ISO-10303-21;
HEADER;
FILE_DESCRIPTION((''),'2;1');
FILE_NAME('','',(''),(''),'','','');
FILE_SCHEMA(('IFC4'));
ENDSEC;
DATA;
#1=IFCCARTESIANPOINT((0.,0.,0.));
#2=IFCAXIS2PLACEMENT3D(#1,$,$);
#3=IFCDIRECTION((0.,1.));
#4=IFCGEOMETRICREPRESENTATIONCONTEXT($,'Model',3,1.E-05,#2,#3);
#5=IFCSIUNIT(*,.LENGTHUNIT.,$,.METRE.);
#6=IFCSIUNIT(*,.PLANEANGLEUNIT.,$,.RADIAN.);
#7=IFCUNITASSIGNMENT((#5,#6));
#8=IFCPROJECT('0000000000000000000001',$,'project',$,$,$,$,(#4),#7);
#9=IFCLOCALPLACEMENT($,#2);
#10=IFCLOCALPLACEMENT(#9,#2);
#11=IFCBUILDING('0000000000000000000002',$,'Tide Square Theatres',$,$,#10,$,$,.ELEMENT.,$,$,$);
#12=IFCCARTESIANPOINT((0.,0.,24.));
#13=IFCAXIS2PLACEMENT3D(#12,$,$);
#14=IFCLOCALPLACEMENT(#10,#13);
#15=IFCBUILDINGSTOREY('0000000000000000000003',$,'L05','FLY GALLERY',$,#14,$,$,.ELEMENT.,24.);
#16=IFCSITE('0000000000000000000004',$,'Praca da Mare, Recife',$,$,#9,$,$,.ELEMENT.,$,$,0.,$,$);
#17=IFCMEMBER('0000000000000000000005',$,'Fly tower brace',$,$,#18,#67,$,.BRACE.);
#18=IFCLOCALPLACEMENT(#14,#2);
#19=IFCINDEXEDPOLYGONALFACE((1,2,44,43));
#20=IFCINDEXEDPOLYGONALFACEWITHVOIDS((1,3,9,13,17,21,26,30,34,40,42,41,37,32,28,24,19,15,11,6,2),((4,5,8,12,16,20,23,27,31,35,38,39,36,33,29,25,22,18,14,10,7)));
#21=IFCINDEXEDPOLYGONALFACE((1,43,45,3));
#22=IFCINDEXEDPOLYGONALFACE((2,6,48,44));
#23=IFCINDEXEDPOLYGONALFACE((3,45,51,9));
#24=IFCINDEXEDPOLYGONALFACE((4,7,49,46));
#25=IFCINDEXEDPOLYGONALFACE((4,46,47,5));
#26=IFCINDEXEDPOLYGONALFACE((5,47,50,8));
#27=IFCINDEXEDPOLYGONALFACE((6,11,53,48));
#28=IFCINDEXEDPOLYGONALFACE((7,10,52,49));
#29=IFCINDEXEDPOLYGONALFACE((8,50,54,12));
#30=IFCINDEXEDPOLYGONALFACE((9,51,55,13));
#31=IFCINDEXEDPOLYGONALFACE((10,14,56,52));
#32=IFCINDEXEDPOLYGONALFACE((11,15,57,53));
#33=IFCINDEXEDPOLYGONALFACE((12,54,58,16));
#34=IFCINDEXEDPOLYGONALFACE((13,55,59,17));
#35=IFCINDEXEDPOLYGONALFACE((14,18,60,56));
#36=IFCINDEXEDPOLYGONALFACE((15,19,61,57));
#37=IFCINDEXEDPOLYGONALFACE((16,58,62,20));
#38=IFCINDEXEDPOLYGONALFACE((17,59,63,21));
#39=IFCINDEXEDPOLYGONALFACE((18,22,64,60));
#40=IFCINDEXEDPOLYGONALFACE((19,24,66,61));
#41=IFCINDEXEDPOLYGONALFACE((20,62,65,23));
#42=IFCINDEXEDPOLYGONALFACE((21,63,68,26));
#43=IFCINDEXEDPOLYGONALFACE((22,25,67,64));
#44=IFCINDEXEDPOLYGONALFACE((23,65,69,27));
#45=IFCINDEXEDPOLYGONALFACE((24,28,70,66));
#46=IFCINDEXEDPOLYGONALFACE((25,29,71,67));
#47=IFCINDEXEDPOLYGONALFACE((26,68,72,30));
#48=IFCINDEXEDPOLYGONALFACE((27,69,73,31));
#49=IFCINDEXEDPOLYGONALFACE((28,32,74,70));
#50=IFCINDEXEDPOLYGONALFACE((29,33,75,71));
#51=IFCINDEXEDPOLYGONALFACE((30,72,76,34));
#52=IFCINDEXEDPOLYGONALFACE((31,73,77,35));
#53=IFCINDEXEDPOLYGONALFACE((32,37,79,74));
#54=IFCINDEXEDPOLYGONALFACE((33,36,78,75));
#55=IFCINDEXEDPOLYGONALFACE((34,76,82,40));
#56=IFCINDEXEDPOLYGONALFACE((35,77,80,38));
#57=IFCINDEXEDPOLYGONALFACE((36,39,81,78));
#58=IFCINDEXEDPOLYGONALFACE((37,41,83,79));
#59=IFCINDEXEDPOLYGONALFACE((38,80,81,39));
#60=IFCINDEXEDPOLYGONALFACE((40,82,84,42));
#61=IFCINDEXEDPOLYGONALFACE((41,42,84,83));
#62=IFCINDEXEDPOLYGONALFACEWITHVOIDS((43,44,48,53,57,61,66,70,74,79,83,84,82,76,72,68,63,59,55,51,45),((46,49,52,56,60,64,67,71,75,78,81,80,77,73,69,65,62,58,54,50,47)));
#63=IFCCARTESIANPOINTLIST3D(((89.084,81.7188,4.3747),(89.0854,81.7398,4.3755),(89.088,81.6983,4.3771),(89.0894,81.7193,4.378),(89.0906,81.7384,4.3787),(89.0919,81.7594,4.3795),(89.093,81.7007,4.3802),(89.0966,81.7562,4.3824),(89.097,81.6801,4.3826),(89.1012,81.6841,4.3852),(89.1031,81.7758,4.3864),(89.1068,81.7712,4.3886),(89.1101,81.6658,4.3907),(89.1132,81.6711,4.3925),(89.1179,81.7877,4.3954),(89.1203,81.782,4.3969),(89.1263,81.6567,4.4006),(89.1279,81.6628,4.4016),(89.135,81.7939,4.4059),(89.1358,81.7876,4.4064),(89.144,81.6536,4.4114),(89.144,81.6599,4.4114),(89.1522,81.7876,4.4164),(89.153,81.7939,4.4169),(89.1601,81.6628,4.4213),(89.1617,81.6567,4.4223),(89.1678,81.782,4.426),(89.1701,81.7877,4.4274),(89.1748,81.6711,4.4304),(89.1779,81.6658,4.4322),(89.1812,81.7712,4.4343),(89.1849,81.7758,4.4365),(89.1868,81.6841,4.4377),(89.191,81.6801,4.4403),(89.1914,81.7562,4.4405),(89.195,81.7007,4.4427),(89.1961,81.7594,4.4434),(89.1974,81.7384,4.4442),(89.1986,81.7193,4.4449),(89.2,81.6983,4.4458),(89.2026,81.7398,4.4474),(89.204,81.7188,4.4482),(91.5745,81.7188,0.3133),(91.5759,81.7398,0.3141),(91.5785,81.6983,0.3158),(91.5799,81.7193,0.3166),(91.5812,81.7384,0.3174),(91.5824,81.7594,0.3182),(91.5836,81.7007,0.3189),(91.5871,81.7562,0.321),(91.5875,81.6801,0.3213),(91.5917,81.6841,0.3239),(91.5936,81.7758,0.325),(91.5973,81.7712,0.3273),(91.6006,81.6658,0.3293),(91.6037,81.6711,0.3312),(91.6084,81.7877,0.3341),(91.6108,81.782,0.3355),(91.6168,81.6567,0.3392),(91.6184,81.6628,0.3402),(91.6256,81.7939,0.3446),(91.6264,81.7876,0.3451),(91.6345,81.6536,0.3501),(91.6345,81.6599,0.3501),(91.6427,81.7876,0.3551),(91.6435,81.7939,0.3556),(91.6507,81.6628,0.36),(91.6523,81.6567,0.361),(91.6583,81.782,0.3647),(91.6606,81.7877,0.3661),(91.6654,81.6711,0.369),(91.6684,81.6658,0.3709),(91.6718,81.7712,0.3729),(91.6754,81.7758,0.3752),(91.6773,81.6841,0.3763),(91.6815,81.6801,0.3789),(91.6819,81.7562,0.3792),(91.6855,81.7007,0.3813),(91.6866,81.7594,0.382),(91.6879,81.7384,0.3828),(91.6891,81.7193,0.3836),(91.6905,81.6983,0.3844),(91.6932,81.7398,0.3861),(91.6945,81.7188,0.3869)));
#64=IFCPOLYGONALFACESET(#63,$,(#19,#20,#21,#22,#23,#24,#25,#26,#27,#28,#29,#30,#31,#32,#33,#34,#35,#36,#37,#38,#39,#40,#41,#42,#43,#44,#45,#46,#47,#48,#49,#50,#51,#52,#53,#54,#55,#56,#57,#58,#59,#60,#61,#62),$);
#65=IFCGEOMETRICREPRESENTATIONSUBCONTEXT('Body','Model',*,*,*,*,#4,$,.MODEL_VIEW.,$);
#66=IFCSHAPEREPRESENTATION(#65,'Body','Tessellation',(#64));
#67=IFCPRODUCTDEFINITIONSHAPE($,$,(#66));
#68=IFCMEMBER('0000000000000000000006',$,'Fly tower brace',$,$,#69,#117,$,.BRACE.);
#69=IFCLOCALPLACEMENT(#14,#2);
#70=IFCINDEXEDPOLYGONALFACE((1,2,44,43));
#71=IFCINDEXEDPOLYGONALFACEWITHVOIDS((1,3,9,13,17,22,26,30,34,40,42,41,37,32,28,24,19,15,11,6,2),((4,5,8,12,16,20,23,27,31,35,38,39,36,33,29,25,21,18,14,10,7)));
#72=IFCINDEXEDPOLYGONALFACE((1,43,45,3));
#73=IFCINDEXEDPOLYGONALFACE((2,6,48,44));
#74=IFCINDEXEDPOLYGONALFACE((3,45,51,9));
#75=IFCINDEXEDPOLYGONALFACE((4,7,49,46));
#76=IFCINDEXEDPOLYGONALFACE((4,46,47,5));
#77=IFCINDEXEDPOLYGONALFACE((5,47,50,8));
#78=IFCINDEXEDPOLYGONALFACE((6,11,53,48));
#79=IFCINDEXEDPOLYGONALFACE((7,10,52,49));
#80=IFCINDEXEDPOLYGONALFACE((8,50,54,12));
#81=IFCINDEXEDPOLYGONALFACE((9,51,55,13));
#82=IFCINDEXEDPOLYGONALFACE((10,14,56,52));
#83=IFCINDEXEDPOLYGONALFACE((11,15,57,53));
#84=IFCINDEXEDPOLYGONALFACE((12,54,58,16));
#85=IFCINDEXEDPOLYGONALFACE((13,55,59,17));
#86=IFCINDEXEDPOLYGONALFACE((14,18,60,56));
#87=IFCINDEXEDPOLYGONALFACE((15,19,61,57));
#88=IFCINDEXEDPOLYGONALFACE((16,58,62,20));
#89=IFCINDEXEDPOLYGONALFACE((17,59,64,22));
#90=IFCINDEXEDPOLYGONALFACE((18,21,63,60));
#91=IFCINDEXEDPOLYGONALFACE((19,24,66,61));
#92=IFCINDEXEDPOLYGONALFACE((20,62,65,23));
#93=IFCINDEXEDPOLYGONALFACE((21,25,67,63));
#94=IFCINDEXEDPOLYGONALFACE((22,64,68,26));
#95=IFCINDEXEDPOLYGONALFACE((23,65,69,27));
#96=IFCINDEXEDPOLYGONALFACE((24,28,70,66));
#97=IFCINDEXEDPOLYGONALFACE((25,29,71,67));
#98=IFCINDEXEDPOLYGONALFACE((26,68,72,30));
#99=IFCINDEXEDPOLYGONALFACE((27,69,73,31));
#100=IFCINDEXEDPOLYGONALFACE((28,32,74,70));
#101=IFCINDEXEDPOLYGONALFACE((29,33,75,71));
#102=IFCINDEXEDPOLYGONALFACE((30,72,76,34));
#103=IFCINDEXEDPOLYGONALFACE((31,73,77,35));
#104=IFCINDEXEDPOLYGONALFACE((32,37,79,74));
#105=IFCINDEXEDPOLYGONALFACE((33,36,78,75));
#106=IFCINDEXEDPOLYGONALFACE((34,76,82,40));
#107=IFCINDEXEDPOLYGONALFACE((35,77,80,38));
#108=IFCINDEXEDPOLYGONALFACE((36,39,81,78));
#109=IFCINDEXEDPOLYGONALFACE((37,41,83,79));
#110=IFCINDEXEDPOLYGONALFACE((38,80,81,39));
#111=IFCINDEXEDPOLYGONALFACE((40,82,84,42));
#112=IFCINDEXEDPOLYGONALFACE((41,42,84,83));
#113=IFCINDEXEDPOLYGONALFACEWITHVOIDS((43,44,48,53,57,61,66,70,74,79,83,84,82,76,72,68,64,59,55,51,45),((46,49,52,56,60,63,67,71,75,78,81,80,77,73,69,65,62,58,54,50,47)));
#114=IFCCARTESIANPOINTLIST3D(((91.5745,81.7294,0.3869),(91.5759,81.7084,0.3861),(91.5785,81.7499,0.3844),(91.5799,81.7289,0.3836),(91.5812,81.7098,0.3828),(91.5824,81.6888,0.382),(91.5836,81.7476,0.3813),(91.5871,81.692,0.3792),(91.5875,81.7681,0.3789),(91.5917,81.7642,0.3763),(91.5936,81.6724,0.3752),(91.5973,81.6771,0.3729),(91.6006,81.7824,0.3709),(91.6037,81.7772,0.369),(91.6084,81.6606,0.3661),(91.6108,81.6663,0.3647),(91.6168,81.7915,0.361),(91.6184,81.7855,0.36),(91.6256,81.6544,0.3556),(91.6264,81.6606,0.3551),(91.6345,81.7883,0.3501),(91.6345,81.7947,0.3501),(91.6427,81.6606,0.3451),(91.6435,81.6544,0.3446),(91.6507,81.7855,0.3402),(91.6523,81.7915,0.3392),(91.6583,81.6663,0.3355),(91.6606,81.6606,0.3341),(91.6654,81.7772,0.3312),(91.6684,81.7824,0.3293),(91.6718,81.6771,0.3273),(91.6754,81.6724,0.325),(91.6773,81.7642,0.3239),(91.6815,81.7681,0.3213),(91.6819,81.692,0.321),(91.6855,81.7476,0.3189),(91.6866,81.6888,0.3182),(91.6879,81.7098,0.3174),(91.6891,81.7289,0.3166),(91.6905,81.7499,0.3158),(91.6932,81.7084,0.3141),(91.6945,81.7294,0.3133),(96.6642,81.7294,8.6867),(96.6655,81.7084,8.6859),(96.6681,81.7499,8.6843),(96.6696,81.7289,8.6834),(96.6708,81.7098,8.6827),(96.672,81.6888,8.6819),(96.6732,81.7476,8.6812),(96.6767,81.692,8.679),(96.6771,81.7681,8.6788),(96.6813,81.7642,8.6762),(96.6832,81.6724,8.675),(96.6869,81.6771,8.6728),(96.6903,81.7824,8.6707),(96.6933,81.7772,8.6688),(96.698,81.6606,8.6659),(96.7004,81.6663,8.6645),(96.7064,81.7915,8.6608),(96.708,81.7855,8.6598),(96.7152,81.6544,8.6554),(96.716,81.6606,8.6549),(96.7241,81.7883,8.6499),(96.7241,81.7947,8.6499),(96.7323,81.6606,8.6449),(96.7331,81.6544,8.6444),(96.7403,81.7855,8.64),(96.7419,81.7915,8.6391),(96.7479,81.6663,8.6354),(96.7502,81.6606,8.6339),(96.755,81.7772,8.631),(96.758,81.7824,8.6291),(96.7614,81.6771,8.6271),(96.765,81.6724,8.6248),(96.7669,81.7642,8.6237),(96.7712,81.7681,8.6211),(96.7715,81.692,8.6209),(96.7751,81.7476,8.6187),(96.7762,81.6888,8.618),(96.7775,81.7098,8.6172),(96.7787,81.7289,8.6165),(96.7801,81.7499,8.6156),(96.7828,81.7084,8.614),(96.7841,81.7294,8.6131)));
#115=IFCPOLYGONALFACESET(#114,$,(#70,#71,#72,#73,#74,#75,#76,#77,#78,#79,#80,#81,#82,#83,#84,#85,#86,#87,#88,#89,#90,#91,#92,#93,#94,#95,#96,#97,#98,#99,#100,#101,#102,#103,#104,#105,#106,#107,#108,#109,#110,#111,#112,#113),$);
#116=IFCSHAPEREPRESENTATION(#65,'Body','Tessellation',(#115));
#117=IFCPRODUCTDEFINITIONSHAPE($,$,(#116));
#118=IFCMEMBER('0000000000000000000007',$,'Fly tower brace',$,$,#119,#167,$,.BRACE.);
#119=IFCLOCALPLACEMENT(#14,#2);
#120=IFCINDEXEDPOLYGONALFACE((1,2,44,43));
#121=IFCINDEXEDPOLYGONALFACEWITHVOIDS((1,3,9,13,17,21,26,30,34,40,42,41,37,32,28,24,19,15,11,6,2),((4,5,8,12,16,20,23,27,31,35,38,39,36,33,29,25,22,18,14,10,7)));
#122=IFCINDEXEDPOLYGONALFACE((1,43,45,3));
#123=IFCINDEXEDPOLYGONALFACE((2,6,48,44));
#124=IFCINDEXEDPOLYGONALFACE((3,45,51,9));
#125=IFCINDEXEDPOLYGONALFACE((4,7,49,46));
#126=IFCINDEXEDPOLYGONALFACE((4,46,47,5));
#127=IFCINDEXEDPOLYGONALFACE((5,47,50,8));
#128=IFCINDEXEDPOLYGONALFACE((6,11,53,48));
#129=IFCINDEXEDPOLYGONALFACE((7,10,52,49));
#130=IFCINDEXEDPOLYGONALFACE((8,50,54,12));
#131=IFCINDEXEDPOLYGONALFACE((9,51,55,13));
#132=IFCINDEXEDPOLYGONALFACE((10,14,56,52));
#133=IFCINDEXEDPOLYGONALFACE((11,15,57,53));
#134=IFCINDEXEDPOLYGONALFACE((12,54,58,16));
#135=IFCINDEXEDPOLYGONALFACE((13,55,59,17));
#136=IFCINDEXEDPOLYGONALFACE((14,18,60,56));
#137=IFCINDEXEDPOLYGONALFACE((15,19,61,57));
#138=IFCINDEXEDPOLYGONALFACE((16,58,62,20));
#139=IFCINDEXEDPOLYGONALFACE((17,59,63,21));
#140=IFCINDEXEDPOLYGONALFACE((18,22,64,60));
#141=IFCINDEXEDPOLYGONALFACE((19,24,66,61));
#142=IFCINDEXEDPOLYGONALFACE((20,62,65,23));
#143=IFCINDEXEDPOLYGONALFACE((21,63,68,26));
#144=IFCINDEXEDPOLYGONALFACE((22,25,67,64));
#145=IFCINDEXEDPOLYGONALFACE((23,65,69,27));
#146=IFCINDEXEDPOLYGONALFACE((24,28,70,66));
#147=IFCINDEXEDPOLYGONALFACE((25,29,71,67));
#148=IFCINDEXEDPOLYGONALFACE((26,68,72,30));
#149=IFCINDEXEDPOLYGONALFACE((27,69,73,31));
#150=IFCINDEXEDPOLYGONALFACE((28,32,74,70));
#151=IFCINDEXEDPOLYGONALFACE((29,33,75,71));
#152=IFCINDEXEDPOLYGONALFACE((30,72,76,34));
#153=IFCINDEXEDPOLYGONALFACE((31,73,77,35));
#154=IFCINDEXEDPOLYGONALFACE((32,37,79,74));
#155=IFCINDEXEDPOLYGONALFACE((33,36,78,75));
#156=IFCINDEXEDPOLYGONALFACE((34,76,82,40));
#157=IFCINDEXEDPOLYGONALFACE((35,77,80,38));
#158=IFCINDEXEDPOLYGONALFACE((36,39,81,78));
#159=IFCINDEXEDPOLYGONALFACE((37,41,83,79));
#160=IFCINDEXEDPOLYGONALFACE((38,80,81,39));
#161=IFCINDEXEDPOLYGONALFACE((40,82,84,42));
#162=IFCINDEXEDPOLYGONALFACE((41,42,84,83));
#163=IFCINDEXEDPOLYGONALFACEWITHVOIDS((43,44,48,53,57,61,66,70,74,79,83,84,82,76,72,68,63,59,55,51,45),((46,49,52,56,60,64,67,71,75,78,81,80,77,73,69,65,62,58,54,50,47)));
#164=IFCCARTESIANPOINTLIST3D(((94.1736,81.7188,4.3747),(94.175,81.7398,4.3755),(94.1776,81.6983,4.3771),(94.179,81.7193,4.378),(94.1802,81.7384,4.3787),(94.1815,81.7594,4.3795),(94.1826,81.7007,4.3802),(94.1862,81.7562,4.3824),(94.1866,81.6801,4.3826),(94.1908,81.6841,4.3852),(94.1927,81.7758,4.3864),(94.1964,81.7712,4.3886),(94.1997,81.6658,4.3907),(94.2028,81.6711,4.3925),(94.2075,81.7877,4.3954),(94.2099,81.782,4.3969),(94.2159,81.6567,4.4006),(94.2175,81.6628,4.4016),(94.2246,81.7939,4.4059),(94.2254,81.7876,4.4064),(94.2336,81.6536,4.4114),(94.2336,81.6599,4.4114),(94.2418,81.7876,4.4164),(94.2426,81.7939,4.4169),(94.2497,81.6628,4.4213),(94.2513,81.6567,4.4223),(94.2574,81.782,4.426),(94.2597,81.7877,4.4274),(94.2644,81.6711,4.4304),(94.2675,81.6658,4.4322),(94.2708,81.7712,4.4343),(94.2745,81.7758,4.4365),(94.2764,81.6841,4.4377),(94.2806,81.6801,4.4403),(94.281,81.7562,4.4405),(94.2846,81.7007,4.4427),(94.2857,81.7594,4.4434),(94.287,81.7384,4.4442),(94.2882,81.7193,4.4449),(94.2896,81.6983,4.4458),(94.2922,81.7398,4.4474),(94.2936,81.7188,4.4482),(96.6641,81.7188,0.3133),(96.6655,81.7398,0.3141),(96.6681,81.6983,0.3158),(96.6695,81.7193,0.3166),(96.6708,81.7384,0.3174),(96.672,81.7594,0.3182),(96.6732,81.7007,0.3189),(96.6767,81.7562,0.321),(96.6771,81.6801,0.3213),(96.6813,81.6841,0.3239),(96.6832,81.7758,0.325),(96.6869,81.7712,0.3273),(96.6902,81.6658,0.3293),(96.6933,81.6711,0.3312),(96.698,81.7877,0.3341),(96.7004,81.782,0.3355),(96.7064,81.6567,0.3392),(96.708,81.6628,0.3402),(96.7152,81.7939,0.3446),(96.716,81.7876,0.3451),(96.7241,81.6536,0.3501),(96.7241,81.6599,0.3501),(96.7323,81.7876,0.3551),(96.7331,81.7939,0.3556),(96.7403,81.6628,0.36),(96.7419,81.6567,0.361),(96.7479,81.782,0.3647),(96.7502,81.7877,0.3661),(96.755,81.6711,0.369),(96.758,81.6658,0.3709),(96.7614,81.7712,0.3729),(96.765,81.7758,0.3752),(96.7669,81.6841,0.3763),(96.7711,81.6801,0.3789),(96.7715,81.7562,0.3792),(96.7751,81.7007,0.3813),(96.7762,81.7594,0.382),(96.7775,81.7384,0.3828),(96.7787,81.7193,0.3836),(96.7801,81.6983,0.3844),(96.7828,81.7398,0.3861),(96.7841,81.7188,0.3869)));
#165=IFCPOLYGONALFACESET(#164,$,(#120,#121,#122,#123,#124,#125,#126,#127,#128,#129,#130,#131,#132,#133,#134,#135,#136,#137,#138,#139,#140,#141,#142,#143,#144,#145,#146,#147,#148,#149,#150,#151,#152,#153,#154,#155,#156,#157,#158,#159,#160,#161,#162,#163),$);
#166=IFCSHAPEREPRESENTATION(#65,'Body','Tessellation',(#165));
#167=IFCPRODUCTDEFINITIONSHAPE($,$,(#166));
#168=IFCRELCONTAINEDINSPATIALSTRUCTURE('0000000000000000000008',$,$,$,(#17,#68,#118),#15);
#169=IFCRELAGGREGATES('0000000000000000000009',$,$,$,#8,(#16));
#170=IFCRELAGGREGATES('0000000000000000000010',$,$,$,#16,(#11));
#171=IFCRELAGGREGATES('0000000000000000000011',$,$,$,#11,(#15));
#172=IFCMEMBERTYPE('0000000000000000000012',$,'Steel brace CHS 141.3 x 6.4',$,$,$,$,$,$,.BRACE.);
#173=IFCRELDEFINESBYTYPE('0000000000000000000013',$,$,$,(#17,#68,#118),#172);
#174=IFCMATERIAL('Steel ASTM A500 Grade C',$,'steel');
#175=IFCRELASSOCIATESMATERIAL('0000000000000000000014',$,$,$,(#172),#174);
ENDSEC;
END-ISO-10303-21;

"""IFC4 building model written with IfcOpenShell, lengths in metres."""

from ifc_helpers import new_model, si_unit, direction, frame, origin, origin_2d, place, context, subcontext, project, spatial, hollow_circle, extrude, material, material_profile, profile_set, type_object, element, save


model = new_model("IFC4")

# Units and contexts
model_context = context("Model", 3, precision=1e-05, world=origin(), true_north=direction((0.0, 1.0)))
body_context = subcontext(model_context, "Body", "Model", "MODEL_VIEW")
ifc_project = project(units=[si_unit("LENGTHUNIT", "METRE"), si_unit("PLANEANGLEUNIT", "RADIAN")], contexts=[model_context])

# Site, building, storey
site_placement = place(None, origin())
site = spatial("IfcSite", under=ifc_project, at=site_placement, Name="Praca da Mare, Recife", CompositionType="ELEMENT", RefElevation=0.0)
building_placement = place(site_placement, origin())
building = spatial("IfcBuilding", under=site, at=building_placement, Name="Tide Square Theatres", CompositionType="ELEMENT")
storey_placement = place(building_placement, frame((0.0, 0.0, 24.0)))
storey = spatial("IfcBuildingStorey", under=building, at=storey_placement, Name="L05", Description="FLY GALLERY", CompositionType="ELEMENT", Elevation=24.0)

# Members
ifc_material_1 = material(Name="Steel ASTM A500 Grade C", Category="steel")
ifc_material_profile_1 = material_profile(ifc_material_1, hollow_circle(Radius=0.0706, WallThickness=0.0063, at=origin_2d()))
ifc_profile_set_1 = profile_set([ifc_material_profile_1], Name="Steel ASTM A500 Grade C")
member_type_1 = type_object("IfcMemberType", Name="Steel brace CHS 141.3 x 6.4", PredefinedType="BRACE", material=ifc_profile_set_1)
member_1_placement = place(storey_placement, frame((91.6345, 81.7241, 0.3501), z_axis=(-0.522762, 0.0, 0.852479), x_axis=(0.0, -1.0, 0.0)))
element("IfcMember", 1, at=member_1_placement, inside=storey, type_object=member_type_1, Name="Fly tower brace", PredefinedType="BRACE", context=body_context, shape_type="SweptSolid", body=[
    extrude(hollow_circle(Radius=0.0706, WallThickness=0.0063, at=origin_2d()), origin(), (0.0, 0.0, 1.0), 4.7642),
])
member_2_placement = place(storey_placement, frame((91.6345, 81.7241, 0.3501), z_axis=(0.522758, 0.0, 0.852481), x_axis=(0.0, 1.0, 0.0)))
element("IfcMember", 2, at=member_2_placement, inside=storey, type_object=member_type_1, Name="Fly tower brace", PredefinedType="BRACE", context=body_context, shape_type="SweptSolid", body=[
    extrude(hollow_circle(Radius=0.0706, WallThickness=0.0063, at=origin_2d()), origin(), (0.0, 0.0, 1.0), 9.7361),
])
member_3_placement = place(storey_placement, frame((96.7241, 81.7241, 0.3501), z_axis=(-0.522762, 0.0, 0.852479), x_axis=(0.0, -1.0, 0.0)))
element("IfcMember", 3, at=member_3_placement, inside=storey, type_object=member_type_1, Name="Fly tower brace", PredefinedType="BRACE", context=body_context, shape_type="SweptSolid", body=[
    extrude(hollow_circle(Radius=0.0706, WallThickness=0.0063, at=origin_2d()), origin(), (0.0, 0.0, 1.0), 4.7642),
])

save(model, "model.ifc")
